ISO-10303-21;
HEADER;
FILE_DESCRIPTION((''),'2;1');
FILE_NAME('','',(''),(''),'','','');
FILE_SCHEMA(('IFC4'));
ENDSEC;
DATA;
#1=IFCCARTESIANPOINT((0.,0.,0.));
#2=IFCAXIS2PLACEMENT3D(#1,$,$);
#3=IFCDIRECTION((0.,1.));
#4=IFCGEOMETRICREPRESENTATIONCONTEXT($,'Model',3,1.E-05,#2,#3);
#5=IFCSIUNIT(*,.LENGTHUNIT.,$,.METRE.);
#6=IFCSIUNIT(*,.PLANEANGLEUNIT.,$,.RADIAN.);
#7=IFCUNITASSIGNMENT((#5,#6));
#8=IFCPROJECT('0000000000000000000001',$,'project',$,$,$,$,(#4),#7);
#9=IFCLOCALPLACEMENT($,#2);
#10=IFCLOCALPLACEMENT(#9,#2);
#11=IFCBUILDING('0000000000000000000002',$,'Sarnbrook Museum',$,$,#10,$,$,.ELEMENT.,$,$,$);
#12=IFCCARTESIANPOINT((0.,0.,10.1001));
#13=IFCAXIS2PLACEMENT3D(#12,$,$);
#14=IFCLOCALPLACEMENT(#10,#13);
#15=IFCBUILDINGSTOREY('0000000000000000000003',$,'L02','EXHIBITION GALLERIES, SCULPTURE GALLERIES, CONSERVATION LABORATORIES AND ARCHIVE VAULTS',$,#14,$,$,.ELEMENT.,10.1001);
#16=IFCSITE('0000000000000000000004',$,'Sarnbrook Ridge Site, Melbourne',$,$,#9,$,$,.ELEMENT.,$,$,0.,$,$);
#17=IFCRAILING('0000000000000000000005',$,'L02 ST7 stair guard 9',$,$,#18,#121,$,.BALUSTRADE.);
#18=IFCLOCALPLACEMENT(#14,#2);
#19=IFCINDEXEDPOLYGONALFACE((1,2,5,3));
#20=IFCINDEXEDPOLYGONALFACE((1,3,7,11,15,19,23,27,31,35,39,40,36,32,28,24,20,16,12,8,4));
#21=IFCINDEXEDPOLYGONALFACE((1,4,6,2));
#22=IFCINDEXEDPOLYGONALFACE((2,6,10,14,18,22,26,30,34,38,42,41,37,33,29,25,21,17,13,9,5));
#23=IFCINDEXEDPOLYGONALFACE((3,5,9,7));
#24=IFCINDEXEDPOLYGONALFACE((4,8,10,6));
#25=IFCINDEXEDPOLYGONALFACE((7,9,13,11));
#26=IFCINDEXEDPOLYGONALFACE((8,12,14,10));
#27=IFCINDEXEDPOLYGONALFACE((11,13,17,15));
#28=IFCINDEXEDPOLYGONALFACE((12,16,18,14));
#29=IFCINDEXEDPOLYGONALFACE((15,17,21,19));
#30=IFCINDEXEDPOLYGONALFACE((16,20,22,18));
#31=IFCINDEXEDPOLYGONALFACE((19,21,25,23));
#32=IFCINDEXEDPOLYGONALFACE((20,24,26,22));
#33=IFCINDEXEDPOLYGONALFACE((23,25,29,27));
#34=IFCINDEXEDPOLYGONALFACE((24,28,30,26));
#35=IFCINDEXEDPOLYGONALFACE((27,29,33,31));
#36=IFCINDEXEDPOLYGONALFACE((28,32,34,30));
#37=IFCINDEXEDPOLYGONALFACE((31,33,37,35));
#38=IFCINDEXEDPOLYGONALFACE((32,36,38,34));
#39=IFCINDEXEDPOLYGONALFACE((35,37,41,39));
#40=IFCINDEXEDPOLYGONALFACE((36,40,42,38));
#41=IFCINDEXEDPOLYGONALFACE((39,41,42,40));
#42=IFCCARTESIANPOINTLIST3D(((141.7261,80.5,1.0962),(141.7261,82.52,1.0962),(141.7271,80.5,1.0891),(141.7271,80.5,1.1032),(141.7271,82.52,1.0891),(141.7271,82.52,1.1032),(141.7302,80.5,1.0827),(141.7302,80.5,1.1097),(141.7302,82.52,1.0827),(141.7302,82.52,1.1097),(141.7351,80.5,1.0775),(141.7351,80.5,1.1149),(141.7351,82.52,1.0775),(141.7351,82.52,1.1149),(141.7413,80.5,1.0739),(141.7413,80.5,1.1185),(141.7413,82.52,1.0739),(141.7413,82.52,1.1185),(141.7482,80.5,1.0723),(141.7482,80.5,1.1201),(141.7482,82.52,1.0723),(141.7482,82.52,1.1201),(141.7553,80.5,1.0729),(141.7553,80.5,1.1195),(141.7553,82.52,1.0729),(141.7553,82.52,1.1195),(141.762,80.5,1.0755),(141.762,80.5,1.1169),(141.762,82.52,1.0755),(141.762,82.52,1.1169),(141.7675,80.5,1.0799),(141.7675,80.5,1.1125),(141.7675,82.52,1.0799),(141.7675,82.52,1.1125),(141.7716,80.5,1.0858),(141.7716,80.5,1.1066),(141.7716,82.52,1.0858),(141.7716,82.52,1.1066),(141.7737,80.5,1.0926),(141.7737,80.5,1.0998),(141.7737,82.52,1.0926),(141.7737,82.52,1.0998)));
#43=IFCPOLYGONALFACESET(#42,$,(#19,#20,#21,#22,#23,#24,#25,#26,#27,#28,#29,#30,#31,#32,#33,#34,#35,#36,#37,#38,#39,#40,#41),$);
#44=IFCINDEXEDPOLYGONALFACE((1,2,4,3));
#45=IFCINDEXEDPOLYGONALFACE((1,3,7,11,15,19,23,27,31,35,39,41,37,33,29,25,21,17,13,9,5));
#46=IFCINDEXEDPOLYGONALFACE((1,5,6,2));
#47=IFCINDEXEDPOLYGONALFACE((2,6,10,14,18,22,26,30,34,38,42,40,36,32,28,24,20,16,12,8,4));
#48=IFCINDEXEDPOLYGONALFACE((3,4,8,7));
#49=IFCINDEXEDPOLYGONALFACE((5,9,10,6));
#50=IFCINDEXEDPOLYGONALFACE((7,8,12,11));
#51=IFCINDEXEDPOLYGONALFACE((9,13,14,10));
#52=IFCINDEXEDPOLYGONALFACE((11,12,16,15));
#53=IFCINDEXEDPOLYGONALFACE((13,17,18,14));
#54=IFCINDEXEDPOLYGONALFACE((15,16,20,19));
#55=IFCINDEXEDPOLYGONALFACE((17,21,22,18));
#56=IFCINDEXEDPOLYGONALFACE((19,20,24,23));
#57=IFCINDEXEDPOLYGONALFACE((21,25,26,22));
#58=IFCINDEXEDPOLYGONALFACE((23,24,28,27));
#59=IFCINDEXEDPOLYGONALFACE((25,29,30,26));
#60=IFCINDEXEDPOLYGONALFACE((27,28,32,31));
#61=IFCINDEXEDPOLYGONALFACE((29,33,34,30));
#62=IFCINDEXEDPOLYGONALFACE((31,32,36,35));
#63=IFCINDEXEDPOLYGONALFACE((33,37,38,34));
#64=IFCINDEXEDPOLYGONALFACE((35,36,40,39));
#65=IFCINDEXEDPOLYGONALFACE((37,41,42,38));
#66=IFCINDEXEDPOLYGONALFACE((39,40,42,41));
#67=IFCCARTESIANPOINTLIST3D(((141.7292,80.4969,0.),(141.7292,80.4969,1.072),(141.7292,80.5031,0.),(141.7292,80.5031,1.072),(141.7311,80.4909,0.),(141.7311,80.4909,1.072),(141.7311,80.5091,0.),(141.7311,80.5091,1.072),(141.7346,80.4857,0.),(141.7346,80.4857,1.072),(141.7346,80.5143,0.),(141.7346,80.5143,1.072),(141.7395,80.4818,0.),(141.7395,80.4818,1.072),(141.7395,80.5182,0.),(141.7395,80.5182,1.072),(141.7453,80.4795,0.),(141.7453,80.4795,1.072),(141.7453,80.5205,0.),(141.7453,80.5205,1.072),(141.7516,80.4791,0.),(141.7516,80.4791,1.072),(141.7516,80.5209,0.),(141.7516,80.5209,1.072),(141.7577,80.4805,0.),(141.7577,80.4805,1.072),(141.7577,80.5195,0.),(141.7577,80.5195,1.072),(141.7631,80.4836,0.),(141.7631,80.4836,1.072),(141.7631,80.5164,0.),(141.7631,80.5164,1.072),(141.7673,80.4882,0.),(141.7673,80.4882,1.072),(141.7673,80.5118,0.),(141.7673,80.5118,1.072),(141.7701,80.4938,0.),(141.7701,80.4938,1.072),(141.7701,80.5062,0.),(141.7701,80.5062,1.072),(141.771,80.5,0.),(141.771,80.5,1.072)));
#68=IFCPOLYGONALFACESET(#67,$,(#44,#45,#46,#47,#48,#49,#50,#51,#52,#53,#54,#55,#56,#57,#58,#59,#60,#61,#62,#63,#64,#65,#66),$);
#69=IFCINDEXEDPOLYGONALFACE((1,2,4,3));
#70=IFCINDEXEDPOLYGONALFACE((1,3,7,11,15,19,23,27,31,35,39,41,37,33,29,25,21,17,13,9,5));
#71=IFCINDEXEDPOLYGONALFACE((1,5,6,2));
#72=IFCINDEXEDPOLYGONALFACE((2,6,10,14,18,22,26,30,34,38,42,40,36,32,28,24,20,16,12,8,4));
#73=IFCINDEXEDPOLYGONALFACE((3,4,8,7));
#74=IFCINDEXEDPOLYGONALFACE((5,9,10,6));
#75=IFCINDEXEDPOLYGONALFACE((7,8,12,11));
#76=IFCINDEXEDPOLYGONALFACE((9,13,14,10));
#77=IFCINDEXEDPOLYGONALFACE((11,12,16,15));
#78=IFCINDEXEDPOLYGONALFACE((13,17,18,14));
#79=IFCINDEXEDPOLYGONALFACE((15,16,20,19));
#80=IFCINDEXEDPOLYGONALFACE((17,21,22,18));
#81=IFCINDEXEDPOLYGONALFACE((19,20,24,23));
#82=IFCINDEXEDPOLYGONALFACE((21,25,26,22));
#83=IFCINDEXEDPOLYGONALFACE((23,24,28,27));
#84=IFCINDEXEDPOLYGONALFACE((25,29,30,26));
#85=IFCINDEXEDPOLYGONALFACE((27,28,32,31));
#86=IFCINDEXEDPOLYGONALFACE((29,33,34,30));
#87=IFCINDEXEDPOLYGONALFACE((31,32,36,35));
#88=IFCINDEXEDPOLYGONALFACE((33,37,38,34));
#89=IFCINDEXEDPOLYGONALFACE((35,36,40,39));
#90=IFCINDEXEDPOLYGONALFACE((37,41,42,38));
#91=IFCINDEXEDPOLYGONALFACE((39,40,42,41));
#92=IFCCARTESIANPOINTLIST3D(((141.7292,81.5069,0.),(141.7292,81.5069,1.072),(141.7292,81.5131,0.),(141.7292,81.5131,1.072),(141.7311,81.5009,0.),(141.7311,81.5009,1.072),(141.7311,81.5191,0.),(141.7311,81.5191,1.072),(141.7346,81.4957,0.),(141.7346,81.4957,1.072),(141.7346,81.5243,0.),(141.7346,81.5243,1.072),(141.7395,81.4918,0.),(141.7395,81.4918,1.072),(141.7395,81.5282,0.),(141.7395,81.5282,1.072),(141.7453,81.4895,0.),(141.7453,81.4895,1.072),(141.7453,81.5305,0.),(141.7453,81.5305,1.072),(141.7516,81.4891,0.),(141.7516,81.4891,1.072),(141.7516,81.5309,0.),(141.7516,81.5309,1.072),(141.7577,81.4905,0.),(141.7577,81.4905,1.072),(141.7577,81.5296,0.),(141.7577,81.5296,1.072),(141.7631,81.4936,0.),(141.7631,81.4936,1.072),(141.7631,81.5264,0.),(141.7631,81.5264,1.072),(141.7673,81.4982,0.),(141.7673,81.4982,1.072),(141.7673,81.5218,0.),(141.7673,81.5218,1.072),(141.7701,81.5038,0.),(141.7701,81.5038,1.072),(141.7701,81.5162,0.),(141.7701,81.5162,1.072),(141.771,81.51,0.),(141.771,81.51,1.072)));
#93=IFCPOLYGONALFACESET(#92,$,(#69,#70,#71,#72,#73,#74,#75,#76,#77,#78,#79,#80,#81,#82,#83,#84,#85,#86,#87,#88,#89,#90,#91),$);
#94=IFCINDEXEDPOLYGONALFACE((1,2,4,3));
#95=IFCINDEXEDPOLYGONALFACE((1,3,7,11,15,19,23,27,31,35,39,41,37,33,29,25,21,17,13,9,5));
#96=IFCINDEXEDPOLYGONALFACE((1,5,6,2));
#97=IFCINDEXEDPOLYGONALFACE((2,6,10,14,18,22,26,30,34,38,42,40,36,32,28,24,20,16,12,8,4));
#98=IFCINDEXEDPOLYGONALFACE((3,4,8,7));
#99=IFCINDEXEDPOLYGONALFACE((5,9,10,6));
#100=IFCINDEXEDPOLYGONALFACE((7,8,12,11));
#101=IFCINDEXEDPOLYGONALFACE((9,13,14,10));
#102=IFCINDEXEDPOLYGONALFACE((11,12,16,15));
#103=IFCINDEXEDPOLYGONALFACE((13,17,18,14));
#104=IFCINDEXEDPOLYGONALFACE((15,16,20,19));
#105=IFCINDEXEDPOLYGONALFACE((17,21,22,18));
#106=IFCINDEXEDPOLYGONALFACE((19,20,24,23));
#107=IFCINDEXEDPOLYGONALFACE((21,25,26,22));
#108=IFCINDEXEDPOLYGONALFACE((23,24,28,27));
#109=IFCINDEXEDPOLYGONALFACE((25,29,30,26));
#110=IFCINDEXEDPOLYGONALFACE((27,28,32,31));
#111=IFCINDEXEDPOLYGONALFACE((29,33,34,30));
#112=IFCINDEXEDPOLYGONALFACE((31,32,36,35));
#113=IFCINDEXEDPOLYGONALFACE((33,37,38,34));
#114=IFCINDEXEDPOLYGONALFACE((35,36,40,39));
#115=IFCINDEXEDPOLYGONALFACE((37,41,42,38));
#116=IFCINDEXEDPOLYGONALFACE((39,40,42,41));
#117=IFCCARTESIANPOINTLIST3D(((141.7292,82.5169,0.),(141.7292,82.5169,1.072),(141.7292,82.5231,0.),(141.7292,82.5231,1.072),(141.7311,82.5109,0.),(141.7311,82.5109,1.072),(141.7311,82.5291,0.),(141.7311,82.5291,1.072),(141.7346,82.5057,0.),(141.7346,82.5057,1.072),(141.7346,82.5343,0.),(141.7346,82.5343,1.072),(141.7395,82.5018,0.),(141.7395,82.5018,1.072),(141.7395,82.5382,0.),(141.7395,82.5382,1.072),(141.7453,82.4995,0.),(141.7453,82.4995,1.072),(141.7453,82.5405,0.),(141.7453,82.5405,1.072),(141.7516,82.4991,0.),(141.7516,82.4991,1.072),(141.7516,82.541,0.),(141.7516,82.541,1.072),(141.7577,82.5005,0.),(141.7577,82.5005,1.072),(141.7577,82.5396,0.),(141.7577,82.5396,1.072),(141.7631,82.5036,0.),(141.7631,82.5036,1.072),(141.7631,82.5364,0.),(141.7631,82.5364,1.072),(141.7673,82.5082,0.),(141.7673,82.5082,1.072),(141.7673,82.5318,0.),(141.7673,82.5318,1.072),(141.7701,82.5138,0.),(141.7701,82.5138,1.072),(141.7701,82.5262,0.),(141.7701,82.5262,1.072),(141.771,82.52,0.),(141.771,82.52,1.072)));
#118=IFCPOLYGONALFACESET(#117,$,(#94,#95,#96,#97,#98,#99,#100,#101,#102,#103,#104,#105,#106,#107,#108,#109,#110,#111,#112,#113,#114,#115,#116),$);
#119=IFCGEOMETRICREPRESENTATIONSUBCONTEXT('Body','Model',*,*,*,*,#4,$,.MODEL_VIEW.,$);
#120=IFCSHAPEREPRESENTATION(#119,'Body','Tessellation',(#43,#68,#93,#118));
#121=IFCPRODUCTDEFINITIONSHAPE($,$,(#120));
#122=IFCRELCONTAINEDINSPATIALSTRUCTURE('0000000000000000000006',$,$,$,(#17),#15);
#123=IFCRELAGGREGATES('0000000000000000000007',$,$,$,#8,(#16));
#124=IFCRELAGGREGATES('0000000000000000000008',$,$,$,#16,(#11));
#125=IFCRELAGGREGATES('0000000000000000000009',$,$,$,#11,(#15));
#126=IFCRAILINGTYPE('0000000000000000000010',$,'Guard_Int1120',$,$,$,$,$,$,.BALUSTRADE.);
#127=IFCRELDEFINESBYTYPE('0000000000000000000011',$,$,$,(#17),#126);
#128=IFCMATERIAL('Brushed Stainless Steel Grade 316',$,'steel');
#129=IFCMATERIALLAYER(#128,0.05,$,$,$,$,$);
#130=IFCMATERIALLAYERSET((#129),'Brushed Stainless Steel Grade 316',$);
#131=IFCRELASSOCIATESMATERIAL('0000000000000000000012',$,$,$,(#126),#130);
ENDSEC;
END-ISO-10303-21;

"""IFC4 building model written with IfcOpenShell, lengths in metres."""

from ifc_helpers import new_model, si_unit, direction, frame, origin, origin_2d, place, context, subcontext, project, spatial, circle, extrude, material, layer, layer_set, type_object, element, save


model = new_model("IFC4")

# Units and contexts
model_context = context("Model", 3, precision=1e-05, world=origin(), true_north=direction((0.0, 1.0)))
body_context = subcontext(model_context, "Body", "Model", "MODEL_VIEW")
ifc_project = project(units=[si_unit("LENGTHUNIT", "METRE"), si_unit("PLANEANGLEUNIT", "RADIAN")], contexts=[model_context])

# Site, building, storey
site_placement = place(None, origin())
site = spatial("IfcSite", under=ifc_project, at=site_placement, Name="Sarnbrook Ridge Site, Melbourne", CompositionType="ELEMENT", RefElevation=0.0)
building_placement = place(site_placement, origin())
building = spatial("IfcBuilding", under=site, at=building_placement, Name="Sarnbrook Museum", CompositionType="ELEMENT")
storey_placement = place(building_placement, frame((0.0, 0.0, 10.1001)))
storey = spatial("IfcBuildingStorey", under=building, at=storey_placement, Name="L02", Description="EXHIBITION GALLERIES, SCULPTURE GALLERIES, CONSERVATION LABORATORIES AND ARCHIVE VAULTS", CompositionType="ELEMENT", Elevation=10.1001)

# Railing
ifc_material_1 = material(Name="Brushed Stainless Steel Grade 316", Category="steel")
ifc_layer_1 = layer(ifc_material_1, 0.05)
ifc_layer_set_1 = layer_set([ifc_layer_1], Name="Brushed Stainless Steel Grade 316")
railing_type_1 = type_object("IfcRailingType", Name="Guard_Int1120", PredefinedType="BALUSTRADE", material=ifc_layer_set_1)
for number, where, name in (
    (1, (141.75, 80.5, 0.0), "L02 ST7 stair guard 9"),
):
    element("IfcRailing", number, at=place(storey_placement, frame(where)), inside=storey, type_object=railing_type_1, Name=name, PredefinedType="BALUSTRADE", context=body_context, shape_type="SweptSolid", body=[
        extrude(circle(Radius=0.0239, at=origin_2d()), frame((0.0, 0.0, 1.0962), z_axis=(0.0, 1.0, 0.0), x_axis=(-1.0, 0.0, 0.0)), (0.0, 0.0, 1.0), 2.02),
        extrude(circle(Radius=0.021, at=origin_2d()), origin(), (0.0, 0.0, 1.0), 1.072),
        extrude(circle(Radius=0.021, at=origin_2d()), frame((0.0, 1.01, 0.0)), (0.0, 0.0, 1.0), 1.072),
        extrude(circle(Radius=0.021, at=origin_2d()), frame((0.0, 2.02, 0.0)), (0.0, 0.0, 1.0), 1.072),
    ])

save(model, "model.ifc")
